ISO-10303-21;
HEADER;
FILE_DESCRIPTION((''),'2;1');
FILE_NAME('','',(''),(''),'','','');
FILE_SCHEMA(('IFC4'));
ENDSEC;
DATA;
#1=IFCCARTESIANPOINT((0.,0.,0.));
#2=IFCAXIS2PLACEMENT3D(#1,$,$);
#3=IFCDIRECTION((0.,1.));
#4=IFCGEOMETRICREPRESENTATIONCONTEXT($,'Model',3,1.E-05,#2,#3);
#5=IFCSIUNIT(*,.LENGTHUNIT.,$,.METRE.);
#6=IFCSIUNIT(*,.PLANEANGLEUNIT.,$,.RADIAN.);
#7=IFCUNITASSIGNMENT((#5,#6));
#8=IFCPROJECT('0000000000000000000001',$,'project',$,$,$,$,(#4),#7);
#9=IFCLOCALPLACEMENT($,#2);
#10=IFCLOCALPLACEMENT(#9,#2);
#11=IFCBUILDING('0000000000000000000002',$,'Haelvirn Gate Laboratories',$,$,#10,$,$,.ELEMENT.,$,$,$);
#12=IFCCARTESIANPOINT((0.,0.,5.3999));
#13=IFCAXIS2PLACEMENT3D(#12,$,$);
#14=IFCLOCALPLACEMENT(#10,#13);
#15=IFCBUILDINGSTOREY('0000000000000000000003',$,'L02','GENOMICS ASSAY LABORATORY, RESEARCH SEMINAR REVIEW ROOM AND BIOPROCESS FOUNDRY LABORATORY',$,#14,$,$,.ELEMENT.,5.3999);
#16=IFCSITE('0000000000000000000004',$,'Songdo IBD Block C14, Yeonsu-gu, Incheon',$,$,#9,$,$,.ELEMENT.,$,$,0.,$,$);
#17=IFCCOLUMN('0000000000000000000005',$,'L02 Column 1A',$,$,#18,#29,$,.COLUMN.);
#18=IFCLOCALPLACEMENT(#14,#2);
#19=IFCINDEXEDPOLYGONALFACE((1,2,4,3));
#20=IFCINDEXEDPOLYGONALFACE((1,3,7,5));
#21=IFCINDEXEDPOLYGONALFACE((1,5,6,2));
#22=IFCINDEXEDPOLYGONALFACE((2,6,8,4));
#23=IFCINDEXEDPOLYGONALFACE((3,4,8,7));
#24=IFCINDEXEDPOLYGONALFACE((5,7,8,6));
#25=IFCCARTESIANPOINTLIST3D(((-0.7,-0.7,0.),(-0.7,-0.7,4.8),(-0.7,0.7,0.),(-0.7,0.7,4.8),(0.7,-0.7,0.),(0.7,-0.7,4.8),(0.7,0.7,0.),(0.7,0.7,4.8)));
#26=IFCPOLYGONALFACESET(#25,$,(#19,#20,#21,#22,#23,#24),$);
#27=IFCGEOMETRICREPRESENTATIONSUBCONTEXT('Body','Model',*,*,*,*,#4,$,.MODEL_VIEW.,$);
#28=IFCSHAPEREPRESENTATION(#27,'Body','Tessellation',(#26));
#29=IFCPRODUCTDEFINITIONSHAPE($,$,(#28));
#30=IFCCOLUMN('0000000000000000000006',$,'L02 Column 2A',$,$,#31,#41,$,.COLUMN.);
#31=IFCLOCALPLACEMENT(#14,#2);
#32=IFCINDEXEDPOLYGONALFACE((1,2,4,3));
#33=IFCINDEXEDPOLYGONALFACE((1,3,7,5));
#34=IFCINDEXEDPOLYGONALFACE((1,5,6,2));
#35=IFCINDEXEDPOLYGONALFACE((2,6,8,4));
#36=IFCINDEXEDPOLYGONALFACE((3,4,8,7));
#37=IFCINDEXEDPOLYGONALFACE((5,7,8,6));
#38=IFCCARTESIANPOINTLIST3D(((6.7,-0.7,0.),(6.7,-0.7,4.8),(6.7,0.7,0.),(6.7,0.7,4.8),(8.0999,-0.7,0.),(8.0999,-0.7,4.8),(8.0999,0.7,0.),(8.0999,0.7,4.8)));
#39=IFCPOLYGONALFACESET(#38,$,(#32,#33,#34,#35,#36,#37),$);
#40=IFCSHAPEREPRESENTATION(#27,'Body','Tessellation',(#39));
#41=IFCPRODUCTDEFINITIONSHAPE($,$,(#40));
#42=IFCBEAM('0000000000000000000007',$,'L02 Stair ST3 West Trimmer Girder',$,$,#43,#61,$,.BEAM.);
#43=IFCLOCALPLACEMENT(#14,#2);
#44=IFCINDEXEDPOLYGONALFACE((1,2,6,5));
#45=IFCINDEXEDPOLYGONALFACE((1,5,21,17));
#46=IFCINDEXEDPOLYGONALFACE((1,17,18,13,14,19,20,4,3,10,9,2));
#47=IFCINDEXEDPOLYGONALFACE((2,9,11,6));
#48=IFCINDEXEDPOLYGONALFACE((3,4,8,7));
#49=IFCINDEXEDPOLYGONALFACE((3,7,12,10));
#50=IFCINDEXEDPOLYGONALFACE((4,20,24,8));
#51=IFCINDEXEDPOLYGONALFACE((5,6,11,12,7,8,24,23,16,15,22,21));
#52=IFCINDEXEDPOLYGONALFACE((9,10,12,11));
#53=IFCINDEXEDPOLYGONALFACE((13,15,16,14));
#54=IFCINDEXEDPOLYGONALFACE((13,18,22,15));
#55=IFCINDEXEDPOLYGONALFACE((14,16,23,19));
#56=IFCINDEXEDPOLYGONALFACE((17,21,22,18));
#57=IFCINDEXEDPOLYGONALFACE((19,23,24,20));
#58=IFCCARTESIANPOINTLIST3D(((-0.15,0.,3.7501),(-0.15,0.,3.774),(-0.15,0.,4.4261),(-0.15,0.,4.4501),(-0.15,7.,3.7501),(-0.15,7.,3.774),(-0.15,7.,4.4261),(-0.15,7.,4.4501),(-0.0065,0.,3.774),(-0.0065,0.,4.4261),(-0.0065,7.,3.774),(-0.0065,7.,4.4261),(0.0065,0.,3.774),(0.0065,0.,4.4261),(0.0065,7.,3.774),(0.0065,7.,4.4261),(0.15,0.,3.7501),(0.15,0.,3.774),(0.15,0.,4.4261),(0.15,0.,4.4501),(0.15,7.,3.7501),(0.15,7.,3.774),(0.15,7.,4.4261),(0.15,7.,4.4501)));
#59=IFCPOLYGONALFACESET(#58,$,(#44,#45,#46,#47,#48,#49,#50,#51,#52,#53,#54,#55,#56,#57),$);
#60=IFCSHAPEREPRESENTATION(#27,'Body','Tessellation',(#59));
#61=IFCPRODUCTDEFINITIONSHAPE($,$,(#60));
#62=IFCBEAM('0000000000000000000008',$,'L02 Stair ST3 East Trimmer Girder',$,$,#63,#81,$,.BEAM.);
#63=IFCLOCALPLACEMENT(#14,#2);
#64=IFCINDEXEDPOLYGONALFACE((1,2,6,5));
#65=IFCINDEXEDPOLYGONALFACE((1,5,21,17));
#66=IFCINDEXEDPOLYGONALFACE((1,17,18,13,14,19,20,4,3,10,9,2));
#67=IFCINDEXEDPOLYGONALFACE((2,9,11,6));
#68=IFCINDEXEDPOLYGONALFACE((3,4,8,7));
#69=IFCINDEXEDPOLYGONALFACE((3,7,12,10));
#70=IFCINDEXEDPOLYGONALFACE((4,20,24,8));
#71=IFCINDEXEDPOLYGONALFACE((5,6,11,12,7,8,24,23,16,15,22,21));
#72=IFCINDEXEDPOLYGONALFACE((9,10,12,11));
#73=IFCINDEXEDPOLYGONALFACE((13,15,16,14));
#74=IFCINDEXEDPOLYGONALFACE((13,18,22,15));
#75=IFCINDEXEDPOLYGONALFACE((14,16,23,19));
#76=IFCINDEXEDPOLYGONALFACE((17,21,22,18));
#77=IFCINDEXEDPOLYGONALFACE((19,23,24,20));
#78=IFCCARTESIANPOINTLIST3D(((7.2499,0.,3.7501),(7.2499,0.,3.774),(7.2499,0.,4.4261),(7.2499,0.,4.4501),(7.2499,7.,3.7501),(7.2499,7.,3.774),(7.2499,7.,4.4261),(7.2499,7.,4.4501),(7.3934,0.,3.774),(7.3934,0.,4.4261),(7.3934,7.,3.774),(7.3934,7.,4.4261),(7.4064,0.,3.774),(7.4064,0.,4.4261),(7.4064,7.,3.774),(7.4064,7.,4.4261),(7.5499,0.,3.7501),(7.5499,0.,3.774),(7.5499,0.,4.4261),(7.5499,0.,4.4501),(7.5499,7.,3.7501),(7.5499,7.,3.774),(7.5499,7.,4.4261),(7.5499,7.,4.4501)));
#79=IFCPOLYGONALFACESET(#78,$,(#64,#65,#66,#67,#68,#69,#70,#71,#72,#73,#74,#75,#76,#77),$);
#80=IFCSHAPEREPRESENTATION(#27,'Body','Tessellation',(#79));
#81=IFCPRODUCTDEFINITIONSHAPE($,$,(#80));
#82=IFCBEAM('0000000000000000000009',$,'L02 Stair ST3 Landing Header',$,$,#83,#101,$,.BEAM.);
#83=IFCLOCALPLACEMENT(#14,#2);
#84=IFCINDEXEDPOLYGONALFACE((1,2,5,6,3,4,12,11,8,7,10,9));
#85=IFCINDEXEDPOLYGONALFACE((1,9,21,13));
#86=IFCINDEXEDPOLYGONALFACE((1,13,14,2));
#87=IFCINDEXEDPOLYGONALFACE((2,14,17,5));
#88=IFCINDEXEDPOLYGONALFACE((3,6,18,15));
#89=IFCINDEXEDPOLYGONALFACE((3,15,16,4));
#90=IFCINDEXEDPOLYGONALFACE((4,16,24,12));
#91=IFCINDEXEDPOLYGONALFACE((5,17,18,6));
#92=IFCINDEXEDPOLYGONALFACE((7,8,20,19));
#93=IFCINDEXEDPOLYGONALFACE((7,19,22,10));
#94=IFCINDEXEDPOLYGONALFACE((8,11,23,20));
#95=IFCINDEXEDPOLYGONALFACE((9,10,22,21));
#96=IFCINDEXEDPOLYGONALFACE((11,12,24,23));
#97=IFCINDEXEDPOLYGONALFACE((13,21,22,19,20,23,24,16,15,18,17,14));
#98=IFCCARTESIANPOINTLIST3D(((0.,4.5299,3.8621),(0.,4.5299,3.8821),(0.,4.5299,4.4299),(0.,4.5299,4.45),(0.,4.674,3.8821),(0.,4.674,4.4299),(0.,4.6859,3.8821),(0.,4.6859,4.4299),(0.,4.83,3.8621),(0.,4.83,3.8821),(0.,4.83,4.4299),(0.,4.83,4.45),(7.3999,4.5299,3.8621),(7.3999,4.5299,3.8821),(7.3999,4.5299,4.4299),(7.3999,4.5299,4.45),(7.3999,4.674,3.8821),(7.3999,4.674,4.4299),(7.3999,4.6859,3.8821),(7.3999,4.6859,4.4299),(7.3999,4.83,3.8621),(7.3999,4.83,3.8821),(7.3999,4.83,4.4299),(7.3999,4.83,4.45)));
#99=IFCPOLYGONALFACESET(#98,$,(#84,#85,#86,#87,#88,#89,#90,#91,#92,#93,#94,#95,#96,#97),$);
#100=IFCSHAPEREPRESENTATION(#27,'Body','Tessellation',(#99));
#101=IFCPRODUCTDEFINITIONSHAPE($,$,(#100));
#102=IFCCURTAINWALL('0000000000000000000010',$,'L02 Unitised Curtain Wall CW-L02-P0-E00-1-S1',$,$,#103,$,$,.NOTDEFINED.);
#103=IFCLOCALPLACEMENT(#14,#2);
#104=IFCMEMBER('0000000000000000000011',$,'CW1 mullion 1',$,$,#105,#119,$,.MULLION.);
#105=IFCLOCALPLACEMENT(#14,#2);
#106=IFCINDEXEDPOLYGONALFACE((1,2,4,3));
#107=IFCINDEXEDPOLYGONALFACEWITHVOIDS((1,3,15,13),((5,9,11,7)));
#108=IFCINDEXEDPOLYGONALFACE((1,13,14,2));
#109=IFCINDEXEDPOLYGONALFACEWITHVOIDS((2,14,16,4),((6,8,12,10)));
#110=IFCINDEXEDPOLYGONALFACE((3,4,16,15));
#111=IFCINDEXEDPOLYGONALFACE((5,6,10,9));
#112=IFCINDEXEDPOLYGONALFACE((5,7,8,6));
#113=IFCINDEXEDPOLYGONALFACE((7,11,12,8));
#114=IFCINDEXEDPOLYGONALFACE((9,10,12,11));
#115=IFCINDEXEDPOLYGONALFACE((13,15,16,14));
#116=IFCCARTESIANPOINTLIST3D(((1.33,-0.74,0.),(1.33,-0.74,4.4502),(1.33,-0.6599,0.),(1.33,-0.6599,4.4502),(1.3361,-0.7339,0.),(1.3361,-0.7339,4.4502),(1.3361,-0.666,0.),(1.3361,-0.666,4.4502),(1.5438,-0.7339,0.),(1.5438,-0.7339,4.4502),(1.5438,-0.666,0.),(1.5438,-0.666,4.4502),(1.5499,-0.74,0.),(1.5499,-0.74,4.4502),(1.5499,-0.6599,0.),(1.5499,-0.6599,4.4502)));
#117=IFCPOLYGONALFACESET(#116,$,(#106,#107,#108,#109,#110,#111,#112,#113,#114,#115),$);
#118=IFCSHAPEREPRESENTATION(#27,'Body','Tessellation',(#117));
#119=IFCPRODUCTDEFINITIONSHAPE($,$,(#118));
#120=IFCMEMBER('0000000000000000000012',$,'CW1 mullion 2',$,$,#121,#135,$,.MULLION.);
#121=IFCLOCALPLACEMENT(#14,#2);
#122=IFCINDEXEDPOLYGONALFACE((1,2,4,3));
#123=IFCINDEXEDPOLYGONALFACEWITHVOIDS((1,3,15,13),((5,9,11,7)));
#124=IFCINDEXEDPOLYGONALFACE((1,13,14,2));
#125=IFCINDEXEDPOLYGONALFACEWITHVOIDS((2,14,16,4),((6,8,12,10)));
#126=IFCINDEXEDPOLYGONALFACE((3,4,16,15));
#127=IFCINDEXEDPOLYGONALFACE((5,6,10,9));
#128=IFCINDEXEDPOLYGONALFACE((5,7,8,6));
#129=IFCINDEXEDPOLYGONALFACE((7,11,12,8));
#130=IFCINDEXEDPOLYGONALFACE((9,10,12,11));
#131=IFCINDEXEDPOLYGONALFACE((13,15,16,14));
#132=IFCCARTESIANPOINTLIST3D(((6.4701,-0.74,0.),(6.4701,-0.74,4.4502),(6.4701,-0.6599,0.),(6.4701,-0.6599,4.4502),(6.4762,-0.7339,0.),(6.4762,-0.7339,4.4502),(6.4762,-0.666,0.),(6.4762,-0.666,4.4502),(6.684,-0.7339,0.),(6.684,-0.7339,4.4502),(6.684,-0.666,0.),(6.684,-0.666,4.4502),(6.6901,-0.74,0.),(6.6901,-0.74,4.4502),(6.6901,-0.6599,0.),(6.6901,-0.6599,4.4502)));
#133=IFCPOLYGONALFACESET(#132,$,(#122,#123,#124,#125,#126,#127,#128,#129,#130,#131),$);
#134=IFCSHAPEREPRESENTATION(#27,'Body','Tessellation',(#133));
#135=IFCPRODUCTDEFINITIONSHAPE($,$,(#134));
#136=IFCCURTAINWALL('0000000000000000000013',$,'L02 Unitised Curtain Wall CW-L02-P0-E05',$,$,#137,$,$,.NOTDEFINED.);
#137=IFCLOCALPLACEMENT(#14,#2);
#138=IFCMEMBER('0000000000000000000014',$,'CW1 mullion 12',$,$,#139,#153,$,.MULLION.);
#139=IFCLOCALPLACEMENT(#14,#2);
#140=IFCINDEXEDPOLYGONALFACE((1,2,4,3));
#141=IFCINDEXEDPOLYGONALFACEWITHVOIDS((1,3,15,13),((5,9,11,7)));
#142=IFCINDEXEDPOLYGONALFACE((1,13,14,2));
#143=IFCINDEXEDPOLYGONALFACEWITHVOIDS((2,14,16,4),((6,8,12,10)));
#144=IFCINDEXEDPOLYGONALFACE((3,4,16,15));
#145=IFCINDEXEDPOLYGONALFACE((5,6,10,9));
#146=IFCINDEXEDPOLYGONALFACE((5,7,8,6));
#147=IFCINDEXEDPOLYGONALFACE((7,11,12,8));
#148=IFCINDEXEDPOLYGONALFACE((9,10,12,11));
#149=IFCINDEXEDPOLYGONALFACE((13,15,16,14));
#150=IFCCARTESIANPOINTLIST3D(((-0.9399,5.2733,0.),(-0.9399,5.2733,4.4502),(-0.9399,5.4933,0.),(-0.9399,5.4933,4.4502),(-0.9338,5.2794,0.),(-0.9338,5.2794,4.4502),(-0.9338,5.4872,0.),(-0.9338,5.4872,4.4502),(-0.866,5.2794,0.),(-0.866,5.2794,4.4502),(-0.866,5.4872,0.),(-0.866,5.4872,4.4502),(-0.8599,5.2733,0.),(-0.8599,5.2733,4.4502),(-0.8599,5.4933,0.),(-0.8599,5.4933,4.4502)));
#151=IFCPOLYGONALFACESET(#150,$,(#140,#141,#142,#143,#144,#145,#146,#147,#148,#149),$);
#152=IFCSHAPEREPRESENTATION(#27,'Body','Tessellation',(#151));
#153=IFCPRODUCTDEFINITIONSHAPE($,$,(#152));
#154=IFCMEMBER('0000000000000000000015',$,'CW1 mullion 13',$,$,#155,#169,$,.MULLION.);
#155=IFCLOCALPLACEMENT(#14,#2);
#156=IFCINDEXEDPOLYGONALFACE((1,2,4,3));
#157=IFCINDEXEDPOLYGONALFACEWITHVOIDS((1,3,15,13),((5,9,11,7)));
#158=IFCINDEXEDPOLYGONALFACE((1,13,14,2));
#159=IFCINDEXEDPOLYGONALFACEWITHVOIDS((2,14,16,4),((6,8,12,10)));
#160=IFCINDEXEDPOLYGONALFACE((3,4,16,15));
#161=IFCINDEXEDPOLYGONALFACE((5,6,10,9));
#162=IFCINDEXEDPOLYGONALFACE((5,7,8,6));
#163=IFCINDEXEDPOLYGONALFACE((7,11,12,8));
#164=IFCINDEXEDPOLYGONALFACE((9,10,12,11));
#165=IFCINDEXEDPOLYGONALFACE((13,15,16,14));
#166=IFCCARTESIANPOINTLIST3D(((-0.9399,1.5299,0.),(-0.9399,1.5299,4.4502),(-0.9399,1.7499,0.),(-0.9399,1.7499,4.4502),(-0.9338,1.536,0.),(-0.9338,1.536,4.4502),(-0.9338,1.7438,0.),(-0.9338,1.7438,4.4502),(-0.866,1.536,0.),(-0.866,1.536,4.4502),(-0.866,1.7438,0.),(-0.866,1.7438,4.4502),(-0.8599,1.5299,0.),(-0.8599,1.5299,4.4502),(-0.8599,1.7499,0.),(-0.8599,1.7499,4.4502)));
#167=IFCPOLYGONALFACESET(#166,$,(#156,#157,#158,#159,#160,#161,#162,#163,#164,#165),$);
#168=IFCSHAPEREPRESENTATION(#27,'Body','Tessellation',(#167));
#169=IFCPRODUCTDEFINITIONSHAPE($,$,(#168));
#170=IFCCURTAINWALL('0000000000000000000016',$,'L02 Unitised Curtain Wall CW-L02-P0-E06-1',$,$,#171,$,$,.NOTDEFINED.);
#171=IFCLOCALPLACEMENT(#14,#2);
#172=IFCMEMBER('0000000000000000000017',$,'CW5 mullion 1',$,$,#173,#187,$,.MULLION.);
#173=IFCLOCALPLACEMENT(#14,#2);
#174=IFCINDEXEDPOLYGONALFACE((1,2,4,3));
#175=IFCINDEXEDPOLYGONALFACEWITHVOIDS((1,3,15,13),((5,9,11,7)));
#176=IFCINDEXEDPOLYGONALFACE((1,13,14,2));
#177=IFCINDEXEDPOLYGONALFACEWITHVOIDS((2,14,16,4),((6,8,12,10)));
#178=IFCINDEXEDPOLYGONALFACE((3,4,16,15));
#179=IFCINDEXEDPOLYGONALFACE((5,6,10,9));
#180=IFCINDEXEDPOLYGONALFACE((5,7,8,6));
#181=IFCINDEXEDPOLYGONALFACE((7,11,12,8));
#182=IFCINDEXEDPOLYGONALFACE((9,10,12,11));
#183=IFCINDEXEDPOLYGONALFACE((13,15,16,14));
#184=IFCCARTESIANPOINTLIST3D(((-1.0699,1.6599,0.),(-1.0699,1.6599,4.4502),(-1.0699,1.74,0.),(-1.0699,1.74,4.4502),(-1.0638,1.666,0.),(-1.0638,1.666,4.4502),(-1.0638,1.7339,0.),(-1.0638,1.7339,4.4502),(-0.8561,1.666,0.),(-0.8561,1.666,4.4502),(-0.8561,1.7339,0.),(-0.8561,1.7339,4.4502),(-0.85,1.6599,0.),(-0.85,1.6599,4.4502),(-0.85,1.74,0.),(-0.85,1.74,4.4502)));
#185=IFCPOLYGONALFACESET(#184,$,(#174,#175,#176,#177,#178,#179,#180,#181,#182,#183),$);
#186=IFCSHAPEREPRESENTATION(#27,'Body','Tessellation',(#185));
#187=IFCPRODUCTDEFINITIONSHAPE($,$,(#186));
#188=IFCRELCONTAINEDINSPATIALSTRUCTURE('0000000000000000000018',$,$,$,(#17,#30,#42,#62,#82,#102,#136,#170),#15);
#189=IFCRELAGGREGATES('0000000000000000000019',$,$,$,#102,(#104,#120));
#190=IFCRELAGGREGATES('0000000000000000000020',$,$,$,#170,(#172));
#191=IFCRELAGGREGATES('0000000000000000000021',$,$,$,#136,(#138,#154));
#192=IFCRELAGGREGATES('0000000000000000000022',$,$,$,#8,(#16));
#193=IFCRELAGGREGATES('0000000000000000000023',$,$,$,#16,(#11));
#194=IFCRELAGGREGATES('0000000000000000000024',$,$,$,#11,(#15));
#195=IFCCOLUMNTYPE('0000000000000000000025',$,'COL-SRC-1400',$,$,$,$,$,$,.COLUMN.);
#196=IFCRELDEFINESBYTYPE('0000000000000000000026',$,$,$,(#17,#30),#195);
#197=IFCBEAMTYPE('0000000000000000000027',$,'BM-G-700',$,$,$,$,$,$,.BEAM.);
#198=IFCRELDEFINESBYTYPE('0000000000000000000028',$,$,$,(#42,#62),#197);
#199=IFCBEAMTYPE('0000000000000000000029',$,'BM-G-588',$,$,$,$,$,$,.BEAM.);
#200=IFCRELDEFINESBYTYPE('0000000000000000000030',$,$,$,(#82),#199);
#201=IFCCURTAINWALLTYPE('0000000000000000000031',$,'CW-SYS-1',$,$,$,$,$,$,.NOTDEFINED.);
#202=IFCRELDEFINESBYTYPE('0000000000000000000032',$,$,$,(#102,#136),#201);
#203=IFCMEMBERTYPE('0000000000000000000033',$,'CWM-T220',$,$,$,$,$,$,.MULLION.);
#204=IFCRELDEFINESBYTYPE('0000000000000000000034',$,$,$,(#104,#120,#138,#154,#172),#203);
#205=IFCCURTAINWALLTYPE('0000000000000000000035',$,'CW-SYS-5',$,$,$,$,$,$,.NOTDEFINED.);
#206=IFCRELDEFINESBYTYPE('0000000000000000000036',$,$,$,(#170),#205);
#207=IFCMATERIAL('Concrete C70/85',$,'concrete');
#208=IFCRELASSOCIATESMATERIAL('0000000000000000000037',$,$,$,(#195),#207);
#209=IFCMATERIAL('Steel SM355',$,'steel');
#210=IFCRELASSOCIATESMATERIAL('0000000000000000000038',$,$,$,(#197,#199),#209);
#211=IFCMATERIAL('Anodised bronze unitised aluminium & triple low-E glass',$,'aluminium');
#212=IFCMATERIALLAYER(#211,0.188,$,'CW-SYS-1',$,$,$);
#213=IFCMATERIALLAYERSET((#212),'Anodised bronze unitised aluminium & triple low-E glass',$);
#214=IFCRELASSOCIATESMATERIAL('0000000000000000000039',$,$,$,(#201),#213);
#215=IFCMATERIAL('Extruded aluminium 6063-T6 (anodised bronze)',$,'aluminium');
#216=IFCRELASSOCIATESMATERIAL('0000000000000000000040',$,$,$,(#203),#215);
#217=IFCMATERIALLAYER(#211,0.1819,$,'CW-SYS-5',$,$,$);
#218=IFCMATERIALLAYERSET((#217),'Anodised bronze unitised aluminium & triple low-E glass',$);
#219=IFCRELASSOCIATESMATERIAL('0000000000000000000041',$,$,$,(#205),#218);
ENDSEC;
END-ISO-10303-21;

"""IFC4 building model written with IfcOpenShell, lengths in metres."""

from ifc_helpers import new_model, si_unit, direction, frame, origin, origin_2d, place, context, subcontext, project, spatial, rectangle, hollow_rectangle, i_section, extrude, source, transform, mapped, material, layer, layer_set, material_profile, profile_set, type_object, type_shapes, element, aggregate, save


model = new_model("IFC4")

# Units and contexts
model_context = context("Model", 3, precision=1e-05, world=origin(), true_north=direction((0.0, 1.0)))
body_context = subcontext(model_context, "Body", "Model", "MODEL_VIEW")
ifc_project = project(units=[si_unit("LENGTHUNIT", "METRE"), si_unit("PLANEANGLEUNIT", "RADIAN")], contexts=[model_context])

# Site, building, storey
site_placement = place(None, origin())
site = spatial("IfcSite", under=ifc_project, at=site_placement, Name="Songdo IBD Block C14, Yeonsu-gu, Incheon", CompositionType="ELEMENT", RefElevation=0.0)
building_placement = place(site_placement, origin())
building = spatial("IfcBuilding", under=site, at=building_placement, Name="Haelvirn Gate Laboratories", CompositionType="ELEMENT")
storey_placement = place(building_placement, frame((0.0, 0.0, 5.3999)))
storey = spatial("IfcBuildingStorey", under=building, at=storey_placement, Name="L02", Description="GENOMICS ASSAY LABORATORY, RESEARCH SEMINAR REVIEW ROOM AND BIOPROCESS FOUNDRY LABORATORY", CompositionType="ELEMENT", Elevation=5.3999)

# Columns
ifc_material_1 = material(Name="Concrete C70/85", Category="concrete")
ifc_material_profile_1 = material_profile(ifc_material_1, rectangle(XDim=1.3999, YDim=1.3999, at=origin_2d()), Name="SRC-1400x1400")
ifc_profile_set_1 = profile_set([ifc_material_profile_1], Name="Concrete C70/85")
column_type = type_object("IfcColumnType", Name="COL-SRC-1400", PredefinedType="COLUMN", material=ifc_profile_set_1)
shared_shape_1 = source(origin(), body_context, "Body", "SweptSolid", [
    extrude(rectangle(XDim=1.3999, YDim=1.3999, at=origin_2d()), origin(), (0.0, 0.0, 1.0), 4.8),
])
type_shapes(column_type, [shared_shape_1])
for number, where, z_axis, x_axis, name in (
    (1, (0.0, 0.0, 0.0), (0.0, 0.0, 1.0), (1.0, 0.0, 0.0), "L02 Column 1A"),
    (2, (7.3999, 0.0, 0.0), (0.0, 0.0, 1.0), (1.0, 0.0, 0.0), "L02 Column 2A"),
):
    element("IfcColumn", number, at=place(storey_placement, frame(where, z_axis=z_axis, x_axis=x_axis)), inside=storey, type_object=column_type, Name=name, PredefinedType="COLUMN", context=body_context, shape_type="MappedRepresentation", body=[
        mapped(shared_shape_1, transform((0.0, 0.0, 0.0), scale=1.0)),
    ])

# Beams
ifc_material_2 = material(Name="Steel SM355", Category="steel")
ifc_material_profile_2 = material_profile(ifc_material_2, i_section(OverallWidth=0.3, OverallDepth=0.7, WebThickness=0.0129, FlangeThickness=0.0239, at=origin_2d()), Name="H-700x300x13x24")
ifc_profile_set_2 = profile_set([ifc_material_profile_2], Name="Steel SM355")
beam_type_1 = type_object("IfcBeamType", Name="BM-G-700", PredefinedType="BEAM", material=ifc_profile_set_2)
shared_shape_2 = source(origin(), body_context, "Body", "SweptSolid", [
    extrude(i_section(OverallWidth=0.3, OverallDepth=0.7, WebThickness=0.0129, FlangeThickness=0.0239, at=origin_2d()), origin(), (0.0, 0.0, 1.0), 7.0),
])
type_shapes(beam_type_1, [shared_shape_2])
for number, where, z_axis, x_axis, name in (
    (3, (0.0, 0.0, 4.1001), (0.0, 1.0, 0.0), (-1.0, 0.0, 0.0), "L02 Stair ST3 West Trimmer Girder"),
    (4, (7.3999, 0.0, 4.1001), (0.0, 1.0, 0.0), (-1.0, 0.0, 0.0), "L02 Stair ST3 East Trimmer Girder"),
):
    element("IfcBeam", number, at=place(storey_placement, frame(where, z_axis=z_axis, x_axis=x_axis)), inside=storey, type_object=beam_type_1, Name=name, PredefinedType="BEAM", context=body_context, shape_type="MappedRepresentation", body=[
        mapped(shared_shape_2, transform((0.0, 0.0, 0.0), scale=1.0)),
    ])
ifc_material_profile_3 = material_profile(ifc_material_2, i_section(OverallWidth=0.3, OverallDepth=0.5879, WebThickness=0.012, FlangeThickness=0.02, at=origin_2d()), Name="H-588x300x12x20")
ifc_profile_set_3 = profile_set([ifc_material_profile_3], Name="Steel SM355")
beam_type_2 = type_object("IfcBeamType", Name="BM-G-588", PredefinedType="BEAM", material=ifc_profile_set_3)
shared_shape_3 = source(origin(), body_context, "Body", "SweptSolid", [
    extrude(i_section(OverallWidth=0.3, OverallDepth=0.5879, WebThickness=0.012, FlangeThickness=0.02, at=origin_2d()), origin(), (0.0, 0.0, 1.0), 7.3999),
])
type_shapes(beam_type_2, [shared_shape_3])
beam_placement = place(storey_placement, frame((0.0, 4.6799, 4.156), z_axis=(1.0, 0.0, 0.0), x_axis=(0.0, 1.0, 0.0)))
element("IfcBeam", 5, at=beam_placement, inside=storey, type_object=beam_type_2, Name="L02 Stair ST3 Landing Header", PredefinedType="BEAM", context=body_context, shape_type="MappedRepresentation", body=[
    mapped(shared_shape_3, transform((0.0, 0.0, 0.0), scale=1.0)),
])

# Curtain walls, members
ifc_material_3 = material(Name="Anodised bronze unitised aluminium & triple low-E glass", Category="aluminium")
ifc_layer_1 = layer(ifc_material_3, 0.188, Name="CW-SYS-1")
ifc_layer_set_1 = layer_set([ifc_layer_1], Name="Anodised bronze unitised aluminium & triple low-E glass")
curtain_wall_type_1 = type_object("IfcCurtainWallType", Name="CW-SYS-1", PredefinedType="NOTDEFINED", material=ifc_layer_set_1)
curtain_wall_1_placement = place(storey_placement, origin())
curtain_wall_1 = element("IfcCurtainWall", 6, at=curtain_wall_1_placement, inside=storey, type_object=curtain_wall_type_1, Name="L02 Unitised Curtain Wall CW-L02-P0-E00-1-S1", PredefinedType="NOTDEFINED")
ifc_material_4 = material(Name="Extruded aluminium 6063-T6 (anodised bronze)", Category="aluminium")
ifc_material_profile_4 = material_profile(ifc_material_4, hollow_rectangle(XDim=0.0801, YDim=0.22, WallThickness=0.0061, at=origin_2d()), Name="CWM-220x80x6")
ifc_profile_set_4 = profile_set([ifc_material_profile_4], Name="Extruded aluminium 6063-T6 (anodised bronze)")
member_type_1 = type_object("IfcMemberType", Name="CWM-T220", PredefinedType="MULLION", material=ifc_profile_set_4)
shared_shape_4 = source(origin(), body_context, "Body", "SweptSolid", [
    extrude(hollow_rectangle(XDim=0.0801, YDim=0.22, WallThickness=0.0061, at=origin_2d()), origin(), (0.0, 0.0, 1.0), 4.4502),
])
type_shapes(member_type_1, [shared_shape_4])
member_1_placement = place(storey_placement, frame((1.4399, -0.7, 0.0), z_axis=(0.0, 0.0, 1.0), x_axis=(0.0, 1.0, 0.0)))
member_1 = element("IfcMember", 7, at=member_1_placement, type_object=member_type_1, Name="CW1 mullion 1", PredefinedType="MULLION", context=body_context, shape_type="MappedRepresentation", body=[
    mapped(shared_shape_4, transform((0.0, 0.0, 0.0), scale=1.0)),
])
member_2_placement = place(storey_placement, frame((6.5801, -0.7, 0.0), z_axis=(0.0, 0.0, 1.0), x_axis=(0.0, 1.0, 0.0)))
member_2 = element("IfcMember", 8, at=member_2_placement, type_object=member_type_1, Name="CW1 mullion 2", PredefinedType="MULLION", context=body_context, shape_type="MappedRepresentation", body=[
    mapped(shared_shape_4, transform((0.0, 0.0, 0.0), scale=1.0)),
])
curtain_wall_2_placement = place(storey_placement, origin())
curtain_wall_2 = element("IfcCurtainWall", 9, at=curtain_wall_2_placement, inside=storey, type_object=curtain_wall_type_1, Name="L02 Unitised Curtain Wall CW-L02-P0-E05", PredefinedType="NOTDEFINED")
member_3_placement = place(storey_placement, frame((-0.8999, 5.3833, 0.0), z_axis=(0.0, 0.0, 1.0), x_axis=(1.0, 0.0, 0.0)))
member_3 = element("IfcMember", 10, at=member_3_placement, type_object=member_type_1, Name="CW1 mullion 12", PredefinedType="MULLION", context=body_context, shape_type="MappedRepresentation", body=[
    mapped(shared_shape_4, transform((0.0, 0.0, 0.0), scale=1.0)),
])
member_4_placement = place(storey_placement, frame((-0.8999, 1.6399, 0.0), z_axis=(0.0, 0.0, 1.0), x_axis=(1.0, 0.0, 0.0)))
member_4 = element("IfcMember", 11, at=member_4_placement, type_object=member_type_1, Name="CW1 mullion 13", PredefinedType="MULLION", context=body_context, shape_type="MappedRepresentation", body=[
    mapped(shared_shape_4, transform((0.0, 0.0, 0.0), scale=1.0)),
])
ifc_layer_2 = layer(ifc_material_3, 0.1819, Name="CW-SYS-5")
ifc_layer_set_2 = layer_set([ifc_layer_2], Name="Anodised bronze unitised aluminium & triple low-E glass")
curtain_wall_type_2 = type_object("IfcCurtainWallType", Name="CW-SYS-5", PredefinedType="NOTDEFINED", material=ifc_layer_set_2)
curtain_wall_3_placement = place(storey_placement, origin())
curtain_wall_3 = element("IfcCurtainWall", 12, at=curtain_wall_3_placement, inside=storey, type_object=curtain_wall_type_2, Name="L02 Unitised Curtain Wall CW-L02-P0-E06-1", PredefinedType="NOTDEFINED")
member_5_placement = place(storey_placement, frame((-0.96, 1.7, 0.0), z_axis=(0.0, 0.0, 1.0), x_axis=(0.0, 1.0, 0.0)))
member_5 = element("IfcMember", 13, at=member_5_placement, type_object=member_type_1, Name="CW5 mullion 1", PredefinedType="MULLION", context=body_context, shape_type="MappedRepresentation", body=[
    mapped(shared_shape_4, transform((0.0, 0.0, 0.0), scale=1.0)),
])

aggregate(curtain_wall_1, [member_1, member_2])
aggregate(curtain_wall_3, [member_5])
aggregate(curtain_wall_2, [member_3, member_4])

save(model, "model.ifc")
